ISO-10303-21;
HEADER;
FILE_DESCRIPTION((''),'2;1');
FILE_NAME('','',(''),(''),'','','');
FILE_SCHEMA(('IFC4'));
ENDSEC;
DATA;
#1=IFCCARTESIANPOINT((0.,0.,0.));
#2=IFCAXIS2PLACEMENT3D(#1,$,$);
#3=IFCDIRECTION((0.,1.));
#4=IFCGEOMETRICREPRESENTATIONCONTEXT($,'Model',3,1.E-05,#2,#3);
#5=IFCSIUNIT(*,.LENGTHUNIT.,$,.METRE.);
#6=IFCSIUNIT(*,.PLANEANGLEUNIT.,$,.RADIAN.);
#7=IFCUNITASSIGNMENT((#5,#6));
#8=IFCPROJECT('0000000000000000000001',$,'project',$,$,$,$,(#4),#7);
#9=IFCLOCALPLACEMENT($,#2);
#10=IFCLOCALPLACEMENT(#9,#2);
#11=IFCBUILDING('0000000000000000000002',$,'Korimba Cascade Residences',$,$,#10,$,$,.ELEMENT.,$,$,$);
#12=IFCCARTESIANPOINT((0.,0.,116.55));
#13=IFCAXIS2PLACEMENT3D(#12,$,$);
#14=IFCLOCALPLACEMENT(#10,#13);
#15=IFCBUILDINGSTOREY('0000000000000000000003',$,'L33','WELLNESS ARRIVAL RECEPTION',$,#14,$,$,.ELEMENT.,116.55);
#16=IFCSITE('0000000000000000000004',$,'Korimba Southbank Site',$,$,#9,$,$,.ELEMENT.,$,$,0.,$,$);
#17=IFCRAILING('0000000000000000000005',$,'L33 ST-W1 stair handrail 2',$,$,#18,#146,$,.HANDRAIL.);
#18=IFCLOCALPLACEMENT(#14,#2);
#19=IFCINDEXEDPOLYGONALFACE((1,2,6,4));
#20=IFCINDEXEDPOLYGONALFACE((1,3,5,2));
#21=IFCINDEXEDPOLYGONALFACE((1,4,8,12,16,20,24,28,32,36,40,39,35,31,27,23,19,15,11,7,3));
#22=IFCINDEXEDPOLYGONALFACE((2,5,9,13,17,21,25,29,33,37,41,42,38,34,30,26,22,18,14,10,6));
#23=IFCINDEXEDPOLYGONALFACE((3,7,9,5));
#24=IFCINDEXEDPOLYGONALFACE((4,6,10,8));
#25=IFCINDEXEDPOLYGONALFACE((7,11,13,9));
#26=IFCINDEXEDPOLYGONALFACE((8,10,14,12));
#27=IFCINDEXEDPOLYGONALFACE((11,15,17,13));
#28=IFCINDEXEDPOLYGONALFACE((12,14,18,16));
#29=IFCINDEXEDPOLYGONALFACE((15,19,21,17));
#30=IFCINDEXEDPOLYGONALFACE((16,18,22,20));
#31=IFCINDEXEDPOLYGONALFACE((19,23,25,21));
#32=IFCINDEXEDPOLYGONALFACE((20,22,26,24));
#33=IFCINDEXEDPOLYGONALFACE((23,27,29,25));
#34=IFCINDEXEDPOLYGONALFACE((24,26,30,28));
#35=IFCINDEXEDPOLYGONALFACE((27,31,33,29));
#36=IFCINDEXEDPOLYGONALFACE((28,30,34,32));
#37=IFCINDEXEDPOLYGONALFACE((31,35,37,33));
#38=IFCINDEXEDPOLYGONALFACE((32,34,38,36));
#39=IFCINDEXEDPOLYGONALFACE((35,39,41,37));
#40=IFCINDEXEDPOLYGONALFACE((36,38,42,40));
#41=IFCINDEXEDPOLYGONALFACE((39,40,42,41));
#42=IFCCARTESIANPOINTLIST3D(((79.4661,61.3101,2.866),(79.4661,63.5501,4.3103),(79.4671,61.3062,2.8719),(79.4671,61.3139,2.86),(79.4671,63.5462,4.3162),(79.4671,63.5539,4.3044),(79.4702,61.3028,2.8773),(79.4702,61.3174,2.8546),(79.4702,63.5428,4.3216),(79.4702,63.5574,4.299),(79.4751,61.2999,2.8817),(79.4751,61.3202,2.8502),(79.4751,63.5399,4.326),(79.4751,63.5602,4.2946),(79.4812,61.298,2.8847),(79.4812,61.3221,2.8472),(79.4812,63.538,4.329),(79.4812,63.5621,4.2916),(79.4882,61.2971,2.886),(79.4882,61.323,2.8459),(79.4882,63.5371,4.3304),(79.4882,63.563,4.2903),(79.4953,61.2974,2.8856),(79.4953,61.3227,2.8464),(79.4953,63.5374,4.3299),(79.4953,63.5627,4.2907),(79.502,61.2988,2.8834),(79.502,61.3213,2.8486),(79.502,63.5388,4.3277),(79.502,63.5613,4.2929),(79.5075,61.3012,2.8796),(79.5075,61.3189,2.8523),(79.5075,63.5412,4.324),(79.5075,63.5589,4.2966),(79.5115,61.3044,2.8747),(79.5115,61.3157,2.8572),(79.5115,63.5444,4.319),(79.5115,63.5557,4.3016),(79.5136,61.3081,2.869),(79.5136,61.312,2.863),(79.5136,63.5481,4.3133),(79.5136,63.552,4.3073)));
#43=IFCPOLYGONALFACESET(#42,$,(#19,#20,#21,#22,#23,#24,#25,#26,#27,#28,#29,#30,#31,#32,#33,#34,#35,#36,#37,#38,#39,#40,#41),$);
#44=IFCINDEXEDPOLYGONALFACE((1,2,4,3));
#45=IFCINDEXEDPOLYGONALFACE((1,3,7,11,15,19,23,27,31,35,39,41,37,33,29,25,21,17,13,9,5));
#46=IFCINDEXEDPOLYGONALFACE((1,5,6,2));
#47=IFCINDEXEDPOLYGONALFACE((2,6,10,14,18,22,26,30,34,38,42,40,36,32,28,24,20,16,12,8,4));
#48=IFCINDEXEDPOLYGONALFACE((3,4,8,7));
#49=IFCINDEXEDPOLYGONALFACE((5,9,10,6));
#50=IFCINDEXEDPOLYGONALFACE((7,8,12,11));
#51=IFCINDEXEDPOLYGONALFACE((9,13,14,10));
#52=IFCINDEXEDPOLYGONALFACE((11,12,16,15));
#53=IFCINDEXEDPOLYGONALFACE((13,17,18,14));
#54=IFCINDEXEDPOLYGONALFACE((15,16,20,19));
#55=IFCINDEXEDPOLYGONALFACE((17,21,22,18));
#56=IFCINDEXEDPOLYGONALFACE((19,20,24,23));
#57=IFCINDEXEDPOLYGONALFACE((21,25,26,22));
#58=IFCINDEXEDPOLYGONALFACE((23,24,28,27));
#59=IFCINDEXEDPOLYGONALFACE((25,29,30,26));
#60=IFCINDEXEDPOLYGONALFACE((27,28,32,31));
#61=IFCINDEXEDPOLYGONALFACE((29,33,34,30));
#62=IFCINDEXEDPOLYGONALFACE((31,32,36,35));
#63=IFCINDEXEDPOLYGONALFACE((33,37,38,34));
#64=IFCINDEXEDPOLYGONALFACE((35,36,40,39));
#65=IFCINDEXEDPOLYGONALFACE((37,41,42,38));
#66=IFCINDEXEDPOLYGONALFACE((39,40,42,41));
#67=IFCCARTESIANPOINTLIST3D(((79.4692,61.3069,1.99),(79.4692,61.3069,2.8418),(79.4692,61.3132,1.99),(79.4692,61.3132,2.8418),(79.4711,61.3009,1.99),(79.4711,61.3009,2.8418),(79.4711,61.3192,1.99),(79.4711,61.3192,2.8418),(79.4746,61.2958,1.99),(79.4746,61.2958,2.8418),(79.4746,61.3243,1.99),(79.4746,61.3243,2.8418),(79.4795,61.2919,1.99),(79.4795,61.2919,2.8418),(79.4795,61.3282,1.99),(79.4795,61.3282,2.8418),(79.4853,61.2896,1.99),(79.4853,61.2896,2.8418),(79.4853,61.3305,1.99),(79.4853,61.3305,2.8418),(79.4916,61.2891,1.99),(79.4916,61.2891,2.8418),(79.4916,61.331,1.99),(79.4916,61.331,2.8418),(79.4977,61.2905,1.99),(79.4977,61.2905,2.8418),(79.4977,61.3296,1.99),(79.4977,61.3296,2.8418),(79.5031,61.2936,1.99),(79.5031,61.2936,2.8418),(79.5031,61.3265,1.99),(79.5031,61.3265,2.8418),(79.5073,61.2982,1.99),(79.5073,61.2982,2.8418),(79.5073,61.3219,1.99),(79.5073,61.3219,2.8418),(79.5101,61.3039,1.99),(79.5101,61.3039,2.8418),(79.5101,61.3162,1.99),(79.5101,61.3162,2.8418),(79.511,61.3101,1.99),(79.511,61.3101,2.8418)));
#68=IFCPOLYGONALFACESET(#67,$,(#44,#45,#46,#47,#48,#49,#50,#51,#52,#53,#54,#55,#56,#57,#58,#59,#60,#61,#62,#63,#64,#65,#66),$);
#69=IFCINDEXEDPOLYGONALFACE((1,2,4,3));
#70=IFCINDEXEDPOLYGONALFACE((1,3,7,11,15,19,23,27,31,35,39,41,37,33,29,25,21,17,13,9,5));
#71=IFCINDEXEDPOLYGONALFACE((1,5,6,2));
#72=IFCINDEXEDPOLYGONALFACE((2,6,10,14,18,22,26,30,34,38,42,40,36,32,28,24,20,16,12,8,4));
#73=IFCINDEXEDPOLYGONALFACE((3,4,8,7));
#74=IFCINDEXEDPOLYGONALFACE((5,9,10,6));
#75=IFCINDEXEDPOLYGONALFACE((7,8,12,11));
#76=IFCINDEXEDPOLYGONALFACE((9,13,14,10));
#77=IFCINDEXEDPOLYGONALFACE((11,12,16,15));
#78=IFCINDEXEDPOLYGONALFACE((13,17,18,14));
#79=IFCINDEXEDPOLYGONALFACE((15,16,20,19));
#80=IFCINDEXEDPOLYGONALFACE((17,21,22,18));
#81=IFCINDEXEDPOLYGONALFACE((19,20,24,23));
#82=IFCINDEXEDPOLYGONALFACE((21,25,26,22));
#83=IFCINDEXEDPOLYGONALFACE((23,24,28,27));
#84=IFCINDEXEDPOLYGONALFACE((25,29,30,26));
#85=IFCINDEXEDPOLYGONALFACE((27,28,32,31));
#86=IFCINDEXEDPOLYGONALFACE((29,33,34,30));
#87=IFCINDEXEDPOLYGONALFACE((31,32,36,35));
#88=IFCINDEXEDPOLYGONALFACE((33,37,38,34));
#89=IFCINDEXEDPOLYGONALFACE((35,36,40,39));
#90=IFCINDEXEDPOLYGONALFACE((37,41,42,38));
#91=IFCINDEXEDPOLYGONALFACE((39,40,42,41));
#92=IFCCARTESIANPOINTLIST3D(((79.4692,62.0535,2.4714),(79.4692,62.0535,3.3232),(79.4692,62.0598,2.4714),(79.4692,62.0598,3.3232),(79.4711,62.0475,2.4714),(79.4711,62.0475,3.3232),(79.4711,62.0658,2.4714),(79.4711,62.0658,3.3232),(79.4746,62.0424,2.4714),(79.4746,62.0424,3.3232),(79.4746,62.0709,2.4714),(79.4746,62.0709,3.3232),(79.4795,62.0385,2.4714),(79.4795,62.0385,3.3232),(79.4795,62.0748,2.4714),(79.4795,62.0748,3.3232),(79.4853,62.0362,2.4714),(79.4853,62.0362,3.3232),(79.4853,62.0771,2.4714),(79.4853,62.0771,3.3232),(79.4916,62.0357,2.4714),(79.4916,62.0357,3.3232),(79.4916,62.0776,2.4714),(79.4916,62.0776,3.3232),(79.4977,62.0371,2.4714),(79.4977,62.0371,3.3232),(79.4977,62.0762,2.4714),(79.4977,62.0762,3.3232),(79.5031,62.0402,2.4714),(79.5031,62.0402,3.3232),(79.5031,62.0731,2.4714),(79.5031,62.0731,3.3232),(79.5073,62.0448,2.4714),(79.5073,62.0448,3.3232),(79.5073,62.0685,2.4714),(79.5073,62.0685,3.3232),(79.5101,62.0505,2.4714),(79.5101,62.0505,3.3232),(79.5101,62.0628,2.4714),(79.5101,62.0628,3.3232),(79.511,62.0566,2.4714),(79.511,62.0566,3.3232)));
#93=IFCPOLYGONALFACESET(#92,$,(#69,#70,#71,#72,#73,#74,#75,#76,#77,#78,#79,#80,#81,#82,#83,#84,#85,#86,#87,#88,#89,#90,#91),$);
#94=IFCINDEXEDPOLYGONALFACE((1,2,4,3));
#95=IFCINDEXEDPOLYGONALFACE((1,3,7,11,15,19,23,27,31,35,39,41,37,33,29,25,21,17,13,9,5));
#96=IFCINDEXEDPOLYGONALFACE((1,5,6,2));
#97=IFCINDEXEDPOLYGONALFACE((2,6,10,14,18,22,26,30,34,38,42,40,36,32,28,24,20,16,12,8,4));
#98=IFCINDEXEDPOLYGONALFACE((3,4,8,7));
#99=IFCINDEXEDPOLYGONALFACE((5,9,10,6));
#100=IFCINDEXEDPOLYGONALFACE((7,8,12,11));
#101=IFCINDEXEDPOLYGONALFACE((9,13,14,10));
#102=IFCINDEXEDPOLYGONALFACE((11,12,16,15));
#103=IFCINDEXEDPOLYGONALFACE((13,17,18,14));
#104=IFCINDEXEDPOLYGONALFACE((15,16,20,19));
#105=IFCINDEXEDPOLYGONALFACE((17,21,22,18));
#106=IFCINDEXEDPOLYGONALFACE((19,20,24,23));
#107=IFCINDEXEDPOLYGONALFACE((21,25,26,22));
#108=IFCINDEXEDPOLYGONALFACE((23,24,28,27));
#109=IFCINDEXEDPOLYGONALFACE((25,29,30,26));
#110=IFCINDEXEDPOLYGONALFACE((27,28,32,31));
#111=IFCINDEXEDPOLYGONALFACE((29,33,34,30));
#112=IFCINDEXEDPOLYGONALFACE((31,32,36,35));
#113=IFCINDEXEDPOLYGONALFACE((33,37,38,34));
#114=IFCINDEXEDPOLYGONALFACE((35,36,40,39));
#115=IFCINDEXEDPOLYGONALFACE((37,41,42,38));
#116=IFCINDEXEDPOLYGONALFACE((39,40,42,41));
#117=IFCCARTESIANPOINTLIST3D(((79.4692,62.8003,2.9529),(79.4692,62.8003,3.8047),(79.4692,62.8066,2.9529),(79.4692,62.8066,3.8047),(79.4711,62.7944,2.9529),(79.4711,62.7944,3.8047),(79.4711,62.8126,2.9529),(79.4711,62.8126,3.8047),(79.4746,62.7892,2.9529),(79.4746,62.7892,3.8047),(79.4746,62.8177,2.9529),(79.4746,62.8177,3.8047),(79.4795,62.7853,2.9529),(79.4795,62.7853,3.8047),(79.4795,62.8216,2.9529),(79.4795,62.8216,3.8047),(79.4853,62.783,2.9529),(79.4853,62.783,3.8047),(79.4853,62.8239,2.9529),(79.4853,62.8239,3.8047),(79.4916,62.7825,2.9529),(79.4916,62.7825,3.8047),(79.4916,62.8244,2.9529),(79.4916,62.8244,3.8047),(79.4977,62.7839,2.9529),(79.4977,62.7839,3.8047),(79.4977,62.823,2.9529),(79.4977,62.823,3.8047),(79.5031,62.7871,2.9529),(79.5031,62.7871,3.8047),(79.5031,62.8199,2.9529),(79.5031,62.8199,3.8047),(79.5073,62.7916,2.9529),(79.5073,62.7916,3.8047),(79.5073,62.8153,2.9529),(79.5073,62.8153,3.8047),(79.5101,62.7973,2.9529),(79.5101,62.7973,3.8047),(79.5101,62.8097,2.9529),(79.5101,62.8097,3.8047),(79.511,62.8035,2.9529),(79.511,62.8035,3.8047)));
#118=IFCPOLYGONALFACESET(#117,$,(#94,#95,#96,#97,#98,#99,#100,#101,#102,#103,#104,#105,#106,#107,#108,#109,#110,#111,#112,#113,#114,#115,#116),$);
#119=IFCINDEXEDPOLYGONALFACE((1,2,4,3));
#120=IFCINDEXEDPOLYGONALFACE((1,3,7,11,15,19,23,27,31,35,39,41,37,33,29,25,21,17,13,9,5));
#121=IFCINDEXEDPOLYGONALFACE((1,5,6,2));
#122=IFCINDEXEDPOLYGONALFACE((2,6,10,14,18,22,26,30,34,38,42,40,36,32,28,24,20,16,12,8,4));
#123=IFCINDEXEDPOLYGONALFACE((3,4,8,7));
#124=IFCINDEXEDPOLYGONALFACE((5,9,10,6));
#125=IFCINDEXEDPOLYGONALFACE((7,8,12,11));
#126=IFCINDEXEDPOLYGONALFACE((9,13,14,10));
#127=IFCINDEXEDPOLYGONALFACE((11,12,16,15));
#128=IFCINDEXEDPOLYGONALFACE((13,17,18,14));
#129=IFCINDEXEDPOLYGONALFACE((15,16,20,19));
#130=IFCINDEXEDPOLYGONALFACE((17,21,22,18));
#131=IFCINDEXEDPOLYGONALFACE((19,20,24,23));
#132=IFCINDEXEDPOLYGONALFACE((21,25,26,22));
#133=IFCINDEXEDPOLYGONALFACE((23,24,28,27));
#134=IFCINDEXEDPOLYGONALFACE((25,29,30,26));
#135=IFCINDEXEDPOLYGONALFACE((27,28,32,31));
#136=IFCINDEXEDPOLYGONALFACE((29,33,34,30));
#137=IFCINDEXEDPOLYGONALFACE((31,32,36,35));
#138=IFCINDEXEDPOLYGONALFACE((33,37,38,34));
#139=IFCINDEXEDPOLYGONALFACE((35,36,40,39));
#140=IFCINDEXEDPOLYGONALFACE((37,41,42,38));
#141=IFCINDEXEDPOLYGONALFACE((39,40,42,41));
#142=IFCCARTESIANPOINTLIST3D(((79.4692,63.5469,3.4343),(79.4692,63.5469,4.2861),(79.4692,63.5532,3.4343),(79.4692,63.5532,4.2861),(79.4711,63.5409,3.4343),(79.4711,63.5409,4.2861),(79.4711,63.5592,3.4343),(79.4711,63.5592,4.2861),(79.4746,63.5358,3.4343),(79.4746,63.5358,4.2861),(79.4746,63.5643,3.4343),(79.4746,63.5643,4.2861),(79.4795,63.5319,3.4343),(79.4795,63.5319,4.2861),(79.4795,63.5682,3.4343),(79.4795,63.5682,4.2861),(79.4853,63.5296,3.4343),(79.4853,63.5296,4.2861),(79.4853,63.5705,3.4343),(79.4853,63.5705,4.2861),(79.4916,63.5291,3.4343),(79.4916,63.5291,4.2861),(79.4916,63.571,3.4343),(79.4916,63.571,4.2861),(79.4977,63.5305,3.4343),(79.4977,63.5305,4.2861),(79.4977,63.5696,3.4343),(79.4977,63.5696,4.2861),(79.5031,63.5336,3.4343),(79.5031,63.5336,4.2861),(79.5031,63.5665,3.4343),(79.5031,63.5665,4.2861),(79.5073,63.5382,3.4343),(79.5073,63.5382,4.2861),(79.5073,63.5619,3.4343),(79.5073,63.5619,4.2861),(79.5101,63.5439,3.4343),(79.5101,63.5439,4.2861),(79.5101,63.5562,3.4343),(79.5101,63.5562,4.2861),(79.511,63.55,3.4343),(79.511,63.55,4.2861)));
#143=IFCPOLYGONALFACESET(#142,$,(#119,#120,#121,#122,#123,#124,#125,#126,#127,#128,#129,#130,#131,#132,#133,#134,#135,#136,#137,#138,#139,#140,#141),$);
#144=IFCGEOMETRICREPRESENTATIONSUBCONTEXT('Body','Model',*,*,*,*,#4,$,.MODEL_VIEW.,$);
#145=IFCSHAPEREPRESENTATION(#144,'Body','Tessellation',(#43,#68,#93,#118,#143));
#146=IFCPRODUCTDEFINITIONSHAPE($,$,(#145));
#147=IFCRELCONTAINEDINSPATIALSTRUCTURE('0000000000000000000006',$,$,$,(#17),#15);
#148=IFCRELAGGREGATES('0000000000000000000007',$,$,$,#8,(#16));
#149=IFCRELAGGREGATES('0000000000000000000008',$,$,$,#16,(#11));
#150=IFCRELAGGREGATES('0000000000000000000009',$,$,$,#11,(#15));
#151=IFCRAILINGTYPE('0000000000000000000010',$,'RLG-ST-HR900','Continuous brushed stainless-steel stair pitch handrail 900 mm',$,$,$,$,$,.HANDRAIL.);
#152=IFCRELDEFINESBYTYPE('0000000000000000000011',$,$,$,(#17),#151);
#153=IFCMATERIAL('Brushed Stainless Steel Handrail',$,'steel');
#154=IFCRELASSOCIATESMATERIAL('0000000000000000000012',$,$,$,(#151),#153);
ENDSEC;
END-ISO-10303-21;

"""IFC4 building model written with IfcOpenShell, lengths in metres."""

from ifc_helpers import new_model, si_unit, direction, frame, origin, origin_2d, place, context, subcontext, project, spatial, circle, extrude, material, type_object, element, save


model = new_model("IFC4")

# Units and contexts
model_context = context("Model", 3, precision=1e-05, world=origin(), true_north=direction((0.0, 1.0)))
body_context = subcontext(model_context, "Body", "Model", "MODEL_VIEW")
ifc_project = project(units=[si_unit("LENGTHUNIT", "METRE"), si_unit("PLANEANGLEUNIT", "RADIAN")], contexts=[model_context])

# Site, building, storey
site_placement = place(None, origin())
site = spatial("IfcSite", under=ifc_project, at=site_placement, Name="Korimba Southbank Site", CompositionType="ELEMENT", RefElevation=0.0)
building_placement = place(site_placement, origin())
building = spatial("IfcBuilding", under=site, at=building_placement, Name="Korimba Cascade Residences", CompositionType="ELEMENT")
storey_placement = place(building_placement, frame((0.0, 0.0, 116.55)))
storey = spatial("IfcBuildingStorey", under=building, at=storey_placement, Name="L33", Description="WELLNESS ARRIVAL RECEPTION", CompositionType="ELEMENT", Elevation=116.55)

# Railing
ifc_material_1 = material(Name="Brushed Stainless Steel Handrail", Category="steel")
railing_type_1 = type_object("IfcRailingType", Name="RLG-ST-HR900", Description="Continuous brushed stainless-steel stair pitch handrail 900 mm", PredefinedType="HANDRAIL", material=ifc_material_1)
railing_1_placement = place(storey_placement, frame((79.49, 61.3101, 1.99)))
element("IfcRailing", 1, at=railing_1_placement, inside=storey, type_object=railing_type_1, Name="L33 ST-W1 stair handrail 2", PredefinedType="HANDRAIL", context=body_context, shape_type="SweptSolid", body=[
    extrude(circle(Radius=0.0239, at=origin_2d()), frame((0.0, 0.0, 0.876), z_axis=(0.0, 0.840437, 0.54191), x_axis=(-1.0, 0.0, 0.0)), (0.0, 0.0, 1.0), 2.6653),
    extrude(circle(Radius=0.021, at=origin_2d()), origin(), (0.0, 0.0, 1.0), 0.8518),
    extrude(circle(Radius=0.021, at=origin_2d()), frame((0.0, 0.7466, 0.4814)), (0.0, 0.0, 1.0), 0.8518),
    extrude(circle(Radius=0.021, at=origin_2d()), frame((0.0, 1.4934, 0.9629)), (0.0, 0.0, 1.0), 0.8518),
    extrude(circle(Radius=0.021, at=origin_2d()), frame((0.0, 2.24, 1.4443)), (0.0, 0.0, 1.0), 0.8518),
])

save(model, "model.ifc")
